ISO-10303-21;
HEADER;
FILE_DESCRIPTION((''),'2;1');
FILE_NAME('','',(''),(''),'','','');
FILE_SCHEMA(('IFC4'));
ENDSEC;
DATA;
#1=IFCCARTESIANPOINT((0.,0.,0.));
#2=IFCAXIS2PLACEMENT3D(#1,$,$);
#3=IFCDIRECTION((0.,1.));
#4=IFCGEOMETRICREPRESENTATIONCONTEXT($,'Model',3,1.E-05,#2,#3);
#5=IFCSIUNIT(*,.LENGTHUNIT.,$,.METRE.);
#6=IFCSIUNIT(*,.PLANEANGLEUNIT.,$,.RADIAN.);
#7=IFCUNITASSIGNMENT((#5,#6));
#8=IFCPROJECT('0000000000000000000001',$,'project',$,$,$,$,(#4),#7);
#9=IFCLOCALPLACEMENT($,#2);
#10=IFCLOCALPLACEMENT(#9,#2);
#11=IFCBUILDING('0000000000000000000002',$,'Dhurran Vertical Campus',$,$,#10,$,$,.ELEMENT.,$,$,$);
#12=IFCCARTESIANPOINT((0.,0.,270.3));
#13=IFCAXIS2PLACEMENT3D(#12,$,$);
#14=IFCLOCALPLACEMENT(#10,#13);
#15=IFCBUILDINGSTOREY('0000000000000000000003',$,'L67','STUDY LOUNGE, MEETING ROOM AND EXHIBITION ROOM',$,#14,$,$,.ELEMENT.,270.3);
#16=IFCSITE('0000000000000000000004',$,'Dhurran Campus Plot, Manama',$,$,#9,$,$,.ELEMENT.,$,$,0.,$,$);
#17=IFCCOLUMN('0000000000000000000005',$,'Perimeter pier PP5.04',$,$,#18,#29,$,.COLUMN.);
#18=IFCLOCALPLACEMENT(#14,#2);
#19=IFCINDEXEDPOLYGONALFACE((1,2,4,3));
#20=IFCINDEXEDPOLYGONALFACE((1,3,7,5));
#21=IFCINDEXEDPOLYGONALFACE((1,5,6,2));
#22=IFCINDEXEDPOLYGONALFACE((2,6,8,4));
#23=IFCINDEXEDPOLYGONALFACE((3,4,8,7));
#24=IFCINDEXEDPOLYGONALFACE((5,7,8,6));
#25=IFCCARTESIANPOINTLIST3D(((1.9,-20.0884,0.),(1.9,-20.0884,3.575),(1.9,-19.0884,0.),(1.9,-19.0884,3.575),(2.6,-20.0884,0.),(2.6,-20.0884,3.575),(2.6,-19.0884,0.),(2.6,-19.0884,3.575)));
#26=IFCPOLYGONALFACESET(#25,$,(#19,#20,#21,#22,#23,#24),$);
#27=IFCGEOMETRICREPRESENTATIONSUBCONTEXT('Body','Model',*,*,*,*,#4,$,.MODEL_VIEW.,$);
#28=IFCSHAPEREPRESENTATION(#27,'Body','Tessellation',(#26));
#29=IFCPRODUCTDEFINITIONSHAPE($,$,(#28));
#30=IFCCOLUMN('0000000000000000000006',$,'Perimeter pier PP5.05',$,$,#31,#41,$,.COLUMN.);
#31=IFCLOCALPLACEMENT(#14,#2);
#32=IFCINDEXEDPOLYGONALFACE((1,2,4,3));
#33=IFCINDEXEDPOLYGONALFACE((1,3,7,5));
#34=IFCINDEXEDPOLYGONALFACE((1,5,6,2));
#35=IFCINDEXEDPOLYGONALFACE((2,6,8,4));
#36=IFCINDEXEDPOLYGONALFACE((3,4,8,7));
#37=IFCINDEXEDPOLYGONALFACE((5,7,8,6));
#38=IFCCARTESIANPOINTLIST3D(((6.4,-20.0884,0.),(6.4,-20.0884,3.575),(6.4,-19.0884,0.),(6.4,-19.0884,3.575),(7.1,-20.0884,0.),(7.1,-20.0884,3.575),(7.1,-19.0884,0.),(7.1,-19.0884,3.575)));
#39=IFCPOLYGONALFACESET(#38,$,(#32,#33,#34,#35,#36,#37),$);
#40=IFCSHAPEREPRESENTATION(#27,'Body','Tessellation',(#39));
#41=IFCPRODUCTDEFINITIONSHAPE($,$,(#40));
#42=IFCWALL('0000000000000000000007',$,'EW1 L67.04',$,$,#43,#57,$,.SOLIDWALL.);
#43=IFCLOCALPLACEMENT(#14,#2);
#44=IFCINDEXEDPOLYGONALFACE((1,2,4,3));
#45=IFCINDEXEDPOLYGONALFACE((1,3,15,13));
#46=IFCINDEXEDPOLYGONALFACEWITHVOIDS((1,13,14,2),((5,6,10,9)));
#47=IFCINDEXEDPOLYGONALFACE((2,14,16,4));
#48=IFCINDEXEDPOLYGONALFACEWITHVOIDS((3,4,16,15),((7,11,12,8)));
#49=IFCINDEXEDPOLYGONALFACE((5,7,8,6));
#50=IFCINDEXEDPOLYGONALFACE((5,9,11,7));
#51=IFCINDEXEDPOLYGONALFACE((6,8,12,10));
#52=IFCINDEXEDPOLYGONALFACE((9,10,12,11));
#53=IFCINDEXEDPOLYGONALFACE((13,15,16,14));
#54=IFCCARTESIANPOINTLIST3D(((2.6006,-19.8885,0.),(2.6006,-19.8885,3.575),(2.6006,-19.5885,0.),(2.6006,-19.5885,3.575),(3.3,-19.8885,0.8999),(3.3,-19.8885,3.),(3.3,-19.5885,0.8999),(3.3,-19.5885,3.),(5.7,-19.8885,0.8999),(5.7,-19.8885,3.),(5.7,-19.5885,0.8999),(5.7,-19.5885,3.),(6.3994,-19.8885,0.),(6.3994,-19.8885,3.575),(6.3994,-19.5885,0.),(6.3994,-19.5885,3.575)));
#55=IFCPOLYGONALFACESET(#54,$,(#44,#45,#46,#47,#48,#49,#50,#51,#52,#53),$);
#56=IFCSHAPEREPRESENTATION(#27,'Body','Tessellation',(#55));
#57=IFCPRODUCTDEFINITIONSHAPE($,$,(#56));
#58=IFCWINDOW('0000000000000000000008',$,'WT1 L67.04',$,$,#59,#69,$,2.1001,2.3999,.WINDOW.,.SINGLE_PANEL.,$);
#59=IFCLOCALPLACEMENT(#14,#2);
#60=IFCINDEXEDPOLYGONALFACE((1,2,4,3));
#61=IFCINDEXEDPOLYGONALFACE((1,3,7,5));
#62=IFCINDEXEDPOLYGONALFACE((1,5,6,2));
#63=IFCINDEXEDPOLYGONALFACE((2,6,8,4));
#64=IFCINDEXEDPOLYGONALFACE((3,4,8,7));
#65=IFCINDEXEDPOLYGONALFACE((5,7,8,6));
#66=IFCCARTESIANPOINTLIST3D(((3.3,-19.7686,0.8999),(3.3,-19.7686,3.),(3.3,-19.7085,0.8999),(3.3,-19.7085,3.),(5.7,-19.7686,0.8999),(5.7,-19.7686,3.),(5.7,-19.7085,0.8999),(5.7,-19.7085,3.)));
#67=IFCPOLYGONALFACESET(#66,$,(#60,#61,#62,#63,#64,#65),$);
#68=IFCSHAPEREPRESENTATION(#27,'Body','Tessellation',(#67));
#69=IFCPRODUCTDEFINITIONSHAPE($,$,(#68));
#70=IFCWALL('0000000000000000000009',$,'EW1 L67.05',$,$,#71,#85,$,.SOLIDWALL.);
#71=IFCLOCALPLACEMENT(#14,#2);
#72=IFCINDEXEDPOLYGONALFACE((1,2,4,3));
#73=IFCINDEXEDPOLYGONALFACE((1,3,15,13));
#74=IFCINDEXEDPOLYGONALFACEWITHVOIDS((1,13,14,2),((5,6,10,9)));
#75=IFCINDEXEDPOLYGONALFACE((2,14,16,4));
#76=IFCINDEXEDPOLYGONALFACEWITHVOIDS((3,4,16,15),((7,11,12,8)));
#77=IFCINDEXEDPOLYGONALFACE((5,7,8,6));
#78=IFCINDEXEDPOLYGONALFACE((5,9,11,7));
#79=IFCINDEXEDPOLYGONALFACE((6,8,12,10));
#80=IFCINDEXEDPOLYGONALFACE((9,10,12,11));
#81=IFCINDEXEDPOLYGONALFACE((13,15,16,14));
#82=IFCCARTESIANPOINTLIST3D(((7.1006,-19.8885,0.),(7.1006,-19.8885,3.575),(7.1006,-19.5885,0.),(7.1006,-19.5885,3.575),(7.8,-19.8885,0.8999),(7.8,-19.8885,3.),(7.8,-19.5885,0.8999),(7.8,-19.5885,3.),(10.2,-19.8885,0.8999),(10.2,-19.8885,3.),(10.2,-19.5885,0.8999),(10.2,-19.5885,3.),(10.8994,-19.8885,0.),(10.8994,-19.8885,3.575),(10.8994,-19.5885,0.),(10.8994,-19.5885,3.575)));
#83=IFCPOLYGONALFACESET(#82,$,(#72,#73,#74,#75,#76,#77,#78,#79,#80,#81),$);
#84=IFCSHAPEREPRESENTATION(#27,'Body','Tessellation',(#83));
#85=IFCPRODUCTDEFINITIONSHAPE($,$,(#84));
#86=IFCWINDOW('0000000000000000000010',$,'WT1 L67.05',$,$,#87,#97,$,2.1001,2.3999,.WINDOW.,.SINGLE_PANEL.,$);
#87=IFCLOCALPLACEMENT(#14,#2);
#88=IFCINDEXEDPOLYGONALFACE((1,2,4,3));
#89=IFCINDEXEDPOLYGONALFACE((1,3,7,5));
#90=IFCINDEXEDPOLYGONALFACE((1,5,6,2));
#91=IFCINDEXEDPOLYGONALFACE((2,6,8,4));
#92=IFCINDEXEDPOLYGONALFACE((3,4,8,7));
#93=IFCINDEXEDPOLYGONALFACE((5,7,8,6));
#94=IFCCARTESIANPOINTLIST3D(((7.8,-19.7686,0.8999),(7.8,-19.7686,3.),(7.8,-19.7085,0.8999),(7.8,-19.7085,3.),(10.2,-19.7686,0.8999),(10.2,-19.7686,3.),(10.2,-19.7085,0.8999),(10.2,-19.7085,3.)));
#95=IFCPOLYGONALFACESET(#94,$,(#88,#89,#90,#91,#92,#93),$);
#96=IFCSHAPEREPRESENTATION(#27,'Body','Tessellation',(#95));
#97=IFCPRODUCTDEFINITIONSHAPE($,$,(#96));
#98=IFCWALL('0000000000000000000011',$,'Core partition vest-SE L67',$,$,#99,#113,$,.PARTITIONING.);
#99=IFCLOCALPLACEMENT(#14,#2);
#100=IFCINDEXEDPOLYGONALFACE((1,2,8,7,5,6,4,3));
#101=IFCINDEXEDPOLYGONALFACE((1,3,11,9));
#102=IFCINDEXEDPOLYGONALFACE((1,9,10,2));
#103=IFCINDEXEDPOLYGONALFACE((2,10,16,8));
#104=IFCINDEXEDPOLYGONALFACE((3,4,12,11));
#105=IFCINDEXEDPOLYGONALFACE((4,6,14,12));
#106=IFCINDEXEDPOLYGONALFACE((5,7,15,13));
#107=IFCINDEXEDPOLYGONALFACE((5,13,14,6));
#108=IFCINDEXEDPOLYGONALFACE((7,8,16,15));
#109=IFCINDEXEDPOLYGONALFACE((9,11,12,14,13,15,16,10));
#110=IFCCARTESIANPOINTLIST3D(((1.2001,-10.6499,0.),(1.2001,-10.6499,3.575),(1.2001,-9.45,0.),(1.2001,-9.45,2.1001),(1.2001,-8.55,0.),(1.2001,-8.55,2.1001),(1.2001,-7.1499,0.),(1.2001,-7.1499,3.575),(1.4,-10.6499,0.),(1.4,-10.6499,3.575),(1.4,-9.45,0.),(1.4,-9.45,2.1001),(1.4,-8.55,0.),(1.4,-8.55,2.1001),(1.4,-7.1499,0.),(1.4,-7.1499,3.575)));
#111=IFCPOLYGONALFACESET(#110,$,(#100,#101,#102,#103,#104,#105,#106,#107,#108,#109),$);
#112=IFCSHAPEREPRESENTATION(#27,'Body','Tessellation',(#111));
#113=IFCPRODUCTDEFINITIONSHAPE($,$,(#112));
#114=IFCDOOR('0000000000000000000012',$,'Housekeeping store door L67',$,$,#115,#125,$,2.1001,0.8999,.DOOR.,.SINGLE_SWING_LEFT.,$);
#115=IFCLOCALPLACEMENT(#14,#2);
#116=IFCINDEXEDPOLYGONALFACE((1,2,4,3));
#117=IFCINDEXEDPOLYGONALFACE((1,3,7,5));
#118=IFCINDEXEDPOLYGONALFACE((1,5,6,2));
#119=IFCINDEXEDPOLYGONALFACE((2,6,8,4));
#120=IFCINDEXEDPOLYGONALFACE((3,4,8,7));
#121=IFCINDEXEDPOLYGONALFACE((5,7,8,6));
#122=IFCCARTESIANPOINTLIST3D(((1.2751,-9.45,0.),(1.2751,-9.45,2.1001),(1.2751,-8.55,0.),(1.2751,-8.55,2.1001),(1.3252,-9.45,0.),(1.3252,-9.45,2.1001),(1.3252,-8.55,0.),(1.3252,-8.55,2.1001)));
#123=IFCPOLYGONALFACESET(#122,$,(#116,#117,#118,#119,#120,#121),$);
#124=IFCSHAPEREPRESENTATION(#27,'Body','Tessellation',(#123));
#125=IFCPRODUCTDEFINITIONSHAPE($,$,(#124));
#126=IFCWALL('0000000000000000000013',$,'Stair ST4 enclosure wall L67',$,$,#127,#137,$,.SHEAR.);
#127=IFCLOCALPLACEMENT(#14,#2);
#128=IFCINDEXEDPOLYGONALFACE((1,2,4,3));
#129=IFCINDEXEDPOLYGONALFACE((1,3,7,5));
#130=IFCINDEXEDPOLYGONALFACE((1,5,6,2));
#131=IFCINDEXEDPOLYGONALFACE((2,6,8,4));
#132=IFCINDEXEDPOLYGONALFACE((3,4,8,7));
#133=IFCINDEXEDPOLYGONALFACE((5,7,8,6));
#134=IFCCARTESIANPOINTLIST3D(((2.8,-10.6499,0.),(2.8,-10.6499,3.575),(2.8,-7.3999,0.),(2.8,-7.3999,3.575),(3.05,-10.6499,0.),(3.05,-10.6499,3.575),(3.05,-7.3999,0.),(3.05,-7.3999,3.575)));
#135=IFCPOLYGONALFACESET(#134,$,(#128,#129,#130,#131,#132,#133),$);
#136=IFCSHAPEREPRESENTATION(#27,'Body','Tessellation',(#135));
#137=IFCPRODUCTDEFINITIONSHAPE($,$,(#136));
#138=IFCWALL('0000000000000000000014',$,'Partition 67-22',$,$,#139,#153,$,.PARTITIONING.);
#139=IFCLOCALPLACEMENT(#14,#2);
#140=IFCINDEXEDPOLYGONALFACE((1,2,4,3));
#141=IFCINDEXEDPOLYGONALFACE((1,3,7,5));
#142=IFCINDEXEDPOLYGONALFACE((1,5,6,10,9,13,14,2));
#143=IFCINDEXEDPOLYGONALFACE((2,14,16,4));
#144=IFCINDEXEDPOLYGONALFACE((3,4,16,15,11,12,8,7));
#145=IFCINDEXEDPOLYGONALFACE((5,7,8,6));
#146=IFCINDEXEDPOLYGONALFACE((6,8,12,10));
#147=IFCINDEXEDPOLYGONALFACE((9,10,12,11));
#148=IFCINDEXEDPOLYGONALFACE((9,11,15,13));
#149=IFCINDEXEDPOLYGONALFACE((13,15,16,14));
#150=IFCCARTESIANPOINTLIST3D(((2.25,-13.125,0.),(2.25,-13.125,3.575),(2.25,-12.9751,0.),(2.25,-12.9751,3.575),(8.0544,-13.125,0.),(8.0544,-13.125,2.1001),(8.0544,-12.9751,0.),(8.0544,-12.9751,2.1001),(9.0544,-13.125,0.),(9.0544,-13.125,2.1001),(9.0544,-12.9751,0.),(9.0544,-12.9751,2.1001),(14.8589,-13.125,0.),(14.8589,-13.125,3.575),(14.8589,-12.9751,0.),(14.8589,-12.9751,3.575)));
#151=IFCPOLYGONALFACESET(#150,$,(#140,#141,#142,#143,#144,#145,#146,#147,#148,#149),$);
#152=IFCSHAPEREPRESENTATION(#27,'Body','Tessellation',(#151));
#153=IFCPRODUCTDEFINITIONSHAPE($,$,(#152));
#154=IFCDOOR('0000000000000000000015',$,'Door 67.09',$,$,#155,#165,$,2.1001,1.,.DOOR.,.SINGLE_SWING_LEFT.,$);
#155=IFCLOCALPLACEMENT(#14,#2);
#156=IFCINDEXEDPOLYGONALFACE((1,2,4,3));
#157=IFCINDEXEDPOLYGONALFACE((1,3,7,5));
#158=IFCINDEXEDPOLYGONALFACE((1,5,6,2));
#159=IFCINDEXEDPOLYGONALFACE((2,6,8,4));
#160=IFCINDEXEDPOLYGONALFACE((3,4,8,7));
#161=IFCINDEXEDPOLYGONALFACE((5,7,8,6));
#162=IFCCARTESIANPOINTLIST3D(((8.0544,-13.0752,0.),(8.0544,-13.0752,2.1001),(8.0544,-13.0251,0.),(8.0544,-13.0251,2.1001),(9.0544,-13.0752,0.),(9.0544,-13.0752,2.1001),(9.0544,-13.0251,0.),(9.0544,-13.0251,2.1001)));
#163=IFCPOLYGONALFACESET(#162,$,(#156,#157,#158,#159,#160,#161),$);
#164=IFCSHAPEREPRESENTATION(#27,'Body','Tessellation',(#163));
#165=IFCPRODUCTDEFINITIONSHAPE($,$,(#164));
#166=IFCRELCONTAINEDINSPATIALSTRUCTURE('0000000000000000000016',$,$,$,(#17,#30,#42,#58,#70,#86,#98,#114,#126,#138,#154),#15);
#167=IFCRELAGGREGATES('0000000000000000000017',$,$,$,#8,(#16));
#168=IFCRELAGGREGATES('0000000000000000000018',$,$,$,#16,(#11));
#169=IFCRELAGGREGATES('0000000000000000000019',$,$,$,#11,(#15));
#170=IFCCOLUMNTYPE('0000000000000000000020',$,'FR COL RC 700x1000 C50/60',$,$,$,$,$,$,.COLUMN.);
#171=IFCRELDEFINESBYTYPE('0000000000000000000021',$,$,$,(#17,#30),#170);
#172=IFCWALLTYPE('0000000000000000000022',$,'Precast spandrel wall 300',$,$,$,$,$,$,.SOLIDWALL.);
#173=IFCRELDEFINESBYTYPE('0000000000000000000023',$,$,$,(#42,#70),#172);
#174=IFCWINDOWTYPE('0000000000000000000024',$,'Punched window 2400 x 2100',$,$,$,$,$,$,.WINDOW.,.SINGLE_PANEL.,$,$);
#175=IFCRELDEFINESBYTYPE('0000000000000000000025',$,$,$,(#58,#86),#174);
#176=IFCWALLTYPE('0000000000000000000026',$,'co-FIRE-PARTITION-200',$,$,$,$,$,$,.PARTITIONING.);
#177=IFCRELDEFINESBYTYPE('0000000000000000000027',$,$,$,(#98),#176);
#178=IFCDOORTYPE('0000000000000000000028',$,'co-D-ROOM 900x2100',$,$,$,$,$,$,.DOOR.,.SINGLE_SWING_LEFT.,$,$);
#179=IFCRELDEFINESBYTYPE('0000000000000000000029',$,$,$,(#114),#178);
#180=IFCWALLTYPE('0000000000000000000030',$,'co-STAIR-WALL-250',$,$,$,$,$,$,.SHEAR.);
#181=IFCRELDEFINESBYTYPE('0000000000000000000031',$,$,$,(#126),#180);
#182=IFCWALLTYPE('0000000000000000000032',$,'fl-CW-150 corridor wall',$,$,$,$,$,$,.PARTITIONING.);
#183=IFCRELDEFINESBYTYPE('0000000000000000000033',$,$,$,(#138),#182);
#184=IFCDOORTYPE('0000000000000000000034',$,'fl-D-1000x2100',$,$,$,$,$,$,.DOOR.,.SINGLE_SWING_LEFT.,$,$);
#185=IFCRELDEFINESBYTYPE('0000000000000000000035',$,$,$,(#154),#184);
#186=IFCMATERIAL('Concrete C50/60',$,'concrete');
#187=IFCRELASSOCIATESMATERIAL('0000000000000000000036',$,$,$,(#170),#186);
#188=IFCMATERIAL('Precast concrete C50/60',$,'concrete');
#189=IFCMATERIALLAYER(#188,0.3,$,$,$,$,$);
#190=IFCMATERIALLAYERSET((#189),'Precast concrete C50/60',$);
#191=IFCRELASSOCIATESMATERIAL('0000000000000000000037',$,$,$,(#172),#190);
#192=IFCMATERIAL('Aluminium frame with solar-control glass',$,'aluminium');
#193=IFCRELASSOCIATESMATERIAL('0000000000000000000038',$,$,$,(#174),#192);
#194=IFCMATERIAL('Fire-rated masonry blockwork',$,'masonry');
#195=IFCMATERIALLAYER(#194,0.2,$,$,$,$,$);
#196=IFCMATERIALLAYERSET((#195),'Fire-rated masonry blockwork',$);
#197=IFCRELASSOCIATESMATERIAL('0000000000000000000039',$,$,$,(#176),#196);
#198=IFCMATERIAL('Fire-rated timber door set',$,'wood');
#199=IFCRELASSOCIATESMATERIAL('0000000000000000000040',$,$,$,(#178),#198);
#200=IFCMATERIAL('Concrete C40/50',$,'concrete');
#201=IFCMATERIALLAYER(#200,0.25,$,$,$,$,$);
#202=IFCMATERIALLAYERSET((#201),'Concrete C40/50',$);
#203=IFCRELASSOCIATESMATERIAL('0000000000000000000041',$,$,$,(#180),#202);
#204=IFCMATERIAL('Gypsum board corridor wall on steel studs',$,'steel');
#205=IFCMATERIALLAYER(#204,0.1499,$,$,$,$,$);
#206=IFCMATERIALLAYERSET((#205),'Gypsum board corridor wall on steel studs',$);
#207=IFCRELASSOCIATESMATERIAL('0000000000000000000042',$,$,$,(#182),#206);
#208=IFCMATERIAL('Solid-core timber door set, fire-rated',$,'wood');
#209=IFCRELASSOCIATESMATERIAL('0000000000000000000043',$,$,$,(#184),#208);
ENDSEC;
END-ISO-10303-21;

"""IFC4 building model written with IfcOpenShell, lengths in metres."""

from ifc_helpers import new_model, si_unit, direction, frame, frame_2d, origin, origin_2d, place, context, subcontext, project, spatial, rectangle, extrude, material, layer, layer_set, material_profile, profile_set, type_object, element, fill, save


model = new_model("IFC4")

# Units and contexts
model_context = context("Model", 3, precision=1e-05, world=origin(), true_north=direction((0.0, 1.0)))
body_context = subcontext(model_context, "Body", "Model", "MODEL_VIEW")
ifc_project = project(units=[si_unit("LENGTHUNIT", "METRE"), si_unit("PLANEANGLEUNIT", "RADIAN")], contexts=[model_context])

# Site, building, storey
site_placement = place(None, origin())
site = spatial("IfcSite", under=ifc_project, at=site_placement, Name="Dhurran Campus Plot, Manama", CompositionType="ELEMENT", RefElevation=0.0)
building_placement = place(site_placement, origin())
building = spatial("IfcBuilding", under=site, at=building_placement, Name="Dhurran Vertical Campus", CompositionType="ELEMENT")
storey_placement = place(building_placement, frame((0.0, 0.0, 270.3)))
storey = spatial("IfcBuildingStorey", under=building, at=storey_placement, Name="L67", Description="STUDY LOUNGE, MEETING ROOM AND EXHIBITION ROOM", CompositionType="ELEMENT", Elevation=270.3)

# Columns
ifc_material_1 = material(Name="Concrete C50/60", Category="concrete")
ifc_material_profile = material_profile(ifc_material_1, rectangle(XDim=0.7, YDim=1.0, at=origin_2d()), Name="RC 700x1000")
ifc_profile_set = profile_set([ifc_material_profile], Name="Concrete C50/60")
column_type = type_object("IfcColumnType", Name="FR COL RC 700x1000 C50/60", PredefinedType="COLUMN", material=ifc_profile_set)
for number, where, z_axis, x_axis, name in (
    (1, (2.25, -19.5884, 0.0), (0.0, 0.0, 1.0), (1.0, 0.0, 0.0), "Perimeter pier PP5.04"),
    (2, (6.75, -19.5884, 0.0), (0.0, 0.0, 1.0), (1.0, 0.0, 0.0), "Perimeter pier PP5.05"),
):
    element("IfcColumn", number, at=place(storey_placement, frame(where, z_axis=z_axis, x_axis=x_axis)), inside=storey, type_object=column_type, Name=name, PredefinedType="COLUMN", context=body_context, shape_type="SweptSolid", body=[
        extrude(rectangle(XDim=0.7, YDim=1.0, at=origin_2d()), origin(), (0.0, 0.0, 1.0), 3.575),
    ])

# Walls, openings, windows
ifc_material_2 = material(Name="Precast concrete C50/60", Category="concrete")
ifc_layer_1 = layer(ifc_material_2, 0.3)
ifc_layer_set_1 = layer_set([ifc_layer_1], Name="Precast concrete C50/60")
wall_type_1 = type_object("IfcWallType", Name="Precast spandrel wall 300", PredefinedType="SOLIDWALL", material=ifc_layer_set_1)
wall_1_placement = place(storey_placement, frame((2.6006, -19.7385, 0.0), z_axis=(0.0, 0.0, 1.0), x_axis=(1.0, 0.0, 0.0)))
wall_1 = element("IfcWall", 3, at=wall_1_placement, inside=storey, type_object=wall_type_1, Name="EW1 L67.04", PredefinedType="SOLIDWALL", context=body_context, shape_type="SweptSolid", body=[
    extrude(rectangle(XDim=3.7988, YDim=0.3, at=frame_2d((1.8994, 0.0))), origin(), (0.0, 0.0, 1.0), 3.575),
])
opening_1_placement = place(wall_1_placement, frame((0.6995, 0.0, 0.8999)))
opening_1 = element("IfcOpeningElement", 4, at=opening_1_placement, cuts=wall_1, PredefinedType="OPENING", context=body_context, shape_type="SweptSolid", body=[
    extrude(rectangle(XDim=2.3999, YDim=2.1001, at=frame_2d((1.2, 1.05))), frame((0.0, 0.1599, 0.0), z_axis=(0.0, -1.0, 0.0), x_axis=(1.0, 0.0, 0.0)), (0.0, 0.0, 1.0), 0.3201),
])
ifc_material_3 = material(Name="Aluminium frame with solar-control glass", Category="aluminium")
window_type = type_object("IfcWindowType", Name="Punched window 2400 x 2100", PartitioningType="SINGLE_PANEL", PredefinedType="WINDOW", material=ifc_material_3)
window_1_placement = place(opening_1_placement, origin())
window_1 = element("IfcWindow", 5, at=window_1_placement, inside=storey, type_object=window_type, Name="WT1 L67.04", OverallHeight=2.1001, OverallWidth=2.3999, PartitioningType="SINGLE_PANEL", PredefinedType="WINDOW", context=body_context, shape_type="SweptSolid", body=[
    extrude(rectangle(XDim=2.3999, YDim=2.1001, at=frame_2d((1.2, 1.05))), frame((0.0, 0.03, 0.0), z_axis=(0.0, -1.0, 0.0), x_axis=(1.0, 0.0, 0.0)), (0.0, 0.0, 1.0), 0.0601),
])
fill(opening_1, window_1)
wall_2_placement = place(storey_placement, frame((7.1006, -19.7385, 0.0), z_axis=(0.0, 0.0, 1.0), x_axis=(1.0, 0.0, 0.0)))
wall_2 = element("IfcWall", 6, at=wall_2_placement, inside=storey, type_object=wall_type_1, Name="EW1 L67.05", PredefinedType="SOLIDWALL", context=body_context, shape_type="SweptSolid", body=[
    extrude(rectangle(XDim=3.7988, YDim=0.3, at=frame_2d((1.8994, 0.0))), origin(), (0.0, 0.0, 1.0), 3.575),
])
opening_2_placement = place(wall_2_placement, frame((0.6995, 0.0, 0.8999)))
opening_2 = element("IfcOpeningElement", 7, at=opening_2_placement, cuts=wall_2, PredefinedType="OPENING", context=body_context, shape_type="SweptSolid", body=[
    extrude(rectangle(XDim=2.3999, YDim=2.1001, at=frame_2d((1.2, 1.05))), frame((0.0, 0.1599, 0.0), z_axis=(0.0, -1.0, 0.0), x_axis=(1.0, 0.0, 0.0)), (0.0, 0.0, 1.0), 0.3201),
])
window_2_placement = place(opening_2_placement, origin())
window_2 = element("IfcWindow", 8, at=window_2_placement, inside=storey, type_object=window_type, Name="WT1 L67.05", OverallHeight=2.1001, OverallWidth=2.3999, PartitioningType="SINGLE_PANEL", PredefinedType="WINDOW", context=body_context, shape_type="SweptSolid", body=[
    extrude(rectangle(XDim=2.3999, YDim=2.1001, at=frame_2d((1.2, 1.05))), frame((0.0, 0.03, 0.0), z_axis=(0.0, -1.0, 0.0), x_axis=(1.0, 0.0, 0.0)), (0.0, 0.0, 1.0), 0.0601),
])
fill(opening_2, window_2)

# Wall, opening, door
ifc_material_4 = material(Name="Fire-rated masonry blockwork", Category="masonry")
ifc_layer_2 = layer(ifc_material_4, 0.2)
ifc_layer_set_2 = layer_set([ifc_layer_2], Name="Fire-rated masonry blockwork")
wall_type_2 = type_object("IfcWallType", Name="co-FIRE-PARTITION-200", PredefinedType="PARTITIONING", material=ifc_layer_set_2)
wall_3_placement = place(storey_placement, frame((1.3, -10.6499, 0.0), z_axis=(0.0, 0.0, 1.0), x_axis=(0.0, 1.0, 0.0)))
wall_3 = element("IfcWall", 9, at=wall_3_placement, inside=storey, type_object=wall_type_2, Name="Core partition vest-SE L67", PredefinedType="PARTITIONING", context=body_context, shape_type="SweptSolid", body=[
    extrude(rectangle(XDim=3.5, YDim=0.2, at=frame_2d((1.75, 0.0))), origin(), (0.0, 0.0, 1.0), 3.575),
])
opening_3_placement = place(wall_3_placement, frame((1.2, 0.0, 0.0)))
opening_3 = element("IfcOpeningElement", 10, at=opening_3_placement, cuts=wall_3, PredefinedType="OPENING", context=body_context, shape_type="SweptSolid", body=[
    extrude(rectangle(XDim=0.8999, YDim=2.1001, at=frame_2d((0.45, 1.05))), frame((0.0, 0.1099, 0.0), z_axis=(0.0, -1.0, 0.0), x_axis=(1.0, 0.0, 0.0)), (0.0, 0.0, 1.0), 0.22),
])
ifc_material_5 = material(Name="Fire-rated timber door set", Category="wood")
door_type_1 = type_object("IfcDoorType", Name="co-D-ROOM 900x2100", OperationType="SINGLE_SWING_LEFT", PredefinedType="DOOR", material=ifc_material_5)
door_1_placement = place(opening_3_placement, origin())
door_1 = element("IfcDoor", 11, at=door_1_placement, inside=storey, type_object=door_type_1, Name="Housekeeping store door L67", OperationType="SINGLE_SWING_LEFT", OverallHeight=2.1001, OverallWidth=0.8999, PredefinedType="DOOR", context=body_context, shape_type="SweptSolid", body=[
    extrude(rectangle(XDim=0.8999, YDim=2.1001, at=frame_2d((0.45, 1.05))), frame((0.0, 0.0249, 0.0), z_axis=(0.0, -1.0, 0.0), x_axis=(1.0, 0.0, 0.0)), (0.0, 0.0, 1.0), 0.05),
])
fill(opening_3, door_1)

# Wall
ifc_material_6 = material(Name="Concrete C40/50", Category="concrete")
ifc_layer_3 = layer(ifc_material_6, 0.25)
ifc_layer_set_3 = layer_set([ifc_layer_3], Name="Concrete C40/50")
wall_type_3 = type_object("IfcWallType", Name="co-STAIR-WALL-250", PredefinedType="SHEAR", material=ifc_layer_set_3)
wall_4_placement = place(storey_placement, frame((2.925, -10.6499, 0.0), z_axis=(0.0, 0.0, 1.0), x_axis=(0.0, 1.0, 0.0)))
element("IfcWall", 12, at=wall_4_placement, inside=storey, type_object=wall_type_3, Name="Stair ST4 enclosure wall L67", PredefinedType="SHEAR", context=body_context, shape_type="SweptSolid", body=[
    extrude(rectangle(XDim=3.25, YDim=0.25, at=frame_2d((1.625, 0.0))), origin(), (0.0, 0.0, 1.0), 3.575),
])

# Wall, opening, door
ifc_material_7 = material(Name="Gypsum board corridor wall on steel studs", Category="steel")
ifc_layer_4 = layer(ifc_material_7, 0.1499)
ifc_layer_set_4 = layer_set([ifc_layer_4], Name="Gypsum board corridor wall on steel studs")
wall_type_4 = type_object("IfcWallType", Name="fl-CW-150 corridor wall", PredefinedType="PARTITIONING", material=ifc_layer_set_4)
wall_5_placement = place(storey_placement, frame((2.25, -13.05, 0.0), z_axis=(0.0, 0.0, 1.0), x_axis=(1.0, 0.0, 0.0)))
wall_5 = element("IfcWall", 13, at=wall_5_placement, inside=storey, type_object=wall_type_4, Name="Partition 67-22", PredefinedType="PARTITIONING", context=body_context, shape_type="SweptSolid", body=[
    extrude(rectangle(XDim=12.6089, YDim=0.1499, at=frame_2d((6.3044, 0.0))), origin(), (0.0, 0.0, 1.0), 3.575),
])
opening_4_placement = place(wall_5_placement, frame((5.8044, 0.0, 0.0)))
opening_4 = element("IfcOpeningElement", 14, at=opening_4_placement, cuts=wall_5, PredefinedType="OPENING", context=body_context, shape_type="SweptSolid", body=[
    extrude(rectangle(XDim=1.0, YDim=2.1001, at=frame_2d((0.5, 1.05))), frame((0.0, 0.085, 0.0), z_axis=(0.0, -1.0, 0.0), x_axis=(1.0, 0.0, 0.0)), (0.0, 0.0, 1.0), 0.1699),
])
ifc_material_8 = material(Name="Solid-core timber door set, fire-rated", Category="wood")
door_type_2 = type_object("IfcDoorType", Name="fl-D-1000x2100", OperationType="SINGLE_SWING_LEFT", PredefinedType="DOOR", material=ifc_material_8)
door_2_placement = place(opening_4_placement, origin())
door_2 = element("IfcDoor", 15, at=door_2_placement, inside=storey, type_object=door_type_2, Name="Door 67.09", OperationType="SINGLE_SWING_LEFT", OverallHeight=2.1001, OverallWidth=1.0, PredefinedType="DOOR", context=body_context, shape_type="SweptSolid", body=[
    extrude(rectangle(XDim=1.0, YDim=2.1001, at=frame_2d((0.5, 1.05))), frame((0.0, 0.0249, 0.0), z_axis=(0.0, -1.0, 0.0), x_axis=(1.0, 0.0, 0.0)), (0.0, 0.0, 1.0), 0.05),
])
fill(opening_4, door_2)

save(model, "model.ifc")
